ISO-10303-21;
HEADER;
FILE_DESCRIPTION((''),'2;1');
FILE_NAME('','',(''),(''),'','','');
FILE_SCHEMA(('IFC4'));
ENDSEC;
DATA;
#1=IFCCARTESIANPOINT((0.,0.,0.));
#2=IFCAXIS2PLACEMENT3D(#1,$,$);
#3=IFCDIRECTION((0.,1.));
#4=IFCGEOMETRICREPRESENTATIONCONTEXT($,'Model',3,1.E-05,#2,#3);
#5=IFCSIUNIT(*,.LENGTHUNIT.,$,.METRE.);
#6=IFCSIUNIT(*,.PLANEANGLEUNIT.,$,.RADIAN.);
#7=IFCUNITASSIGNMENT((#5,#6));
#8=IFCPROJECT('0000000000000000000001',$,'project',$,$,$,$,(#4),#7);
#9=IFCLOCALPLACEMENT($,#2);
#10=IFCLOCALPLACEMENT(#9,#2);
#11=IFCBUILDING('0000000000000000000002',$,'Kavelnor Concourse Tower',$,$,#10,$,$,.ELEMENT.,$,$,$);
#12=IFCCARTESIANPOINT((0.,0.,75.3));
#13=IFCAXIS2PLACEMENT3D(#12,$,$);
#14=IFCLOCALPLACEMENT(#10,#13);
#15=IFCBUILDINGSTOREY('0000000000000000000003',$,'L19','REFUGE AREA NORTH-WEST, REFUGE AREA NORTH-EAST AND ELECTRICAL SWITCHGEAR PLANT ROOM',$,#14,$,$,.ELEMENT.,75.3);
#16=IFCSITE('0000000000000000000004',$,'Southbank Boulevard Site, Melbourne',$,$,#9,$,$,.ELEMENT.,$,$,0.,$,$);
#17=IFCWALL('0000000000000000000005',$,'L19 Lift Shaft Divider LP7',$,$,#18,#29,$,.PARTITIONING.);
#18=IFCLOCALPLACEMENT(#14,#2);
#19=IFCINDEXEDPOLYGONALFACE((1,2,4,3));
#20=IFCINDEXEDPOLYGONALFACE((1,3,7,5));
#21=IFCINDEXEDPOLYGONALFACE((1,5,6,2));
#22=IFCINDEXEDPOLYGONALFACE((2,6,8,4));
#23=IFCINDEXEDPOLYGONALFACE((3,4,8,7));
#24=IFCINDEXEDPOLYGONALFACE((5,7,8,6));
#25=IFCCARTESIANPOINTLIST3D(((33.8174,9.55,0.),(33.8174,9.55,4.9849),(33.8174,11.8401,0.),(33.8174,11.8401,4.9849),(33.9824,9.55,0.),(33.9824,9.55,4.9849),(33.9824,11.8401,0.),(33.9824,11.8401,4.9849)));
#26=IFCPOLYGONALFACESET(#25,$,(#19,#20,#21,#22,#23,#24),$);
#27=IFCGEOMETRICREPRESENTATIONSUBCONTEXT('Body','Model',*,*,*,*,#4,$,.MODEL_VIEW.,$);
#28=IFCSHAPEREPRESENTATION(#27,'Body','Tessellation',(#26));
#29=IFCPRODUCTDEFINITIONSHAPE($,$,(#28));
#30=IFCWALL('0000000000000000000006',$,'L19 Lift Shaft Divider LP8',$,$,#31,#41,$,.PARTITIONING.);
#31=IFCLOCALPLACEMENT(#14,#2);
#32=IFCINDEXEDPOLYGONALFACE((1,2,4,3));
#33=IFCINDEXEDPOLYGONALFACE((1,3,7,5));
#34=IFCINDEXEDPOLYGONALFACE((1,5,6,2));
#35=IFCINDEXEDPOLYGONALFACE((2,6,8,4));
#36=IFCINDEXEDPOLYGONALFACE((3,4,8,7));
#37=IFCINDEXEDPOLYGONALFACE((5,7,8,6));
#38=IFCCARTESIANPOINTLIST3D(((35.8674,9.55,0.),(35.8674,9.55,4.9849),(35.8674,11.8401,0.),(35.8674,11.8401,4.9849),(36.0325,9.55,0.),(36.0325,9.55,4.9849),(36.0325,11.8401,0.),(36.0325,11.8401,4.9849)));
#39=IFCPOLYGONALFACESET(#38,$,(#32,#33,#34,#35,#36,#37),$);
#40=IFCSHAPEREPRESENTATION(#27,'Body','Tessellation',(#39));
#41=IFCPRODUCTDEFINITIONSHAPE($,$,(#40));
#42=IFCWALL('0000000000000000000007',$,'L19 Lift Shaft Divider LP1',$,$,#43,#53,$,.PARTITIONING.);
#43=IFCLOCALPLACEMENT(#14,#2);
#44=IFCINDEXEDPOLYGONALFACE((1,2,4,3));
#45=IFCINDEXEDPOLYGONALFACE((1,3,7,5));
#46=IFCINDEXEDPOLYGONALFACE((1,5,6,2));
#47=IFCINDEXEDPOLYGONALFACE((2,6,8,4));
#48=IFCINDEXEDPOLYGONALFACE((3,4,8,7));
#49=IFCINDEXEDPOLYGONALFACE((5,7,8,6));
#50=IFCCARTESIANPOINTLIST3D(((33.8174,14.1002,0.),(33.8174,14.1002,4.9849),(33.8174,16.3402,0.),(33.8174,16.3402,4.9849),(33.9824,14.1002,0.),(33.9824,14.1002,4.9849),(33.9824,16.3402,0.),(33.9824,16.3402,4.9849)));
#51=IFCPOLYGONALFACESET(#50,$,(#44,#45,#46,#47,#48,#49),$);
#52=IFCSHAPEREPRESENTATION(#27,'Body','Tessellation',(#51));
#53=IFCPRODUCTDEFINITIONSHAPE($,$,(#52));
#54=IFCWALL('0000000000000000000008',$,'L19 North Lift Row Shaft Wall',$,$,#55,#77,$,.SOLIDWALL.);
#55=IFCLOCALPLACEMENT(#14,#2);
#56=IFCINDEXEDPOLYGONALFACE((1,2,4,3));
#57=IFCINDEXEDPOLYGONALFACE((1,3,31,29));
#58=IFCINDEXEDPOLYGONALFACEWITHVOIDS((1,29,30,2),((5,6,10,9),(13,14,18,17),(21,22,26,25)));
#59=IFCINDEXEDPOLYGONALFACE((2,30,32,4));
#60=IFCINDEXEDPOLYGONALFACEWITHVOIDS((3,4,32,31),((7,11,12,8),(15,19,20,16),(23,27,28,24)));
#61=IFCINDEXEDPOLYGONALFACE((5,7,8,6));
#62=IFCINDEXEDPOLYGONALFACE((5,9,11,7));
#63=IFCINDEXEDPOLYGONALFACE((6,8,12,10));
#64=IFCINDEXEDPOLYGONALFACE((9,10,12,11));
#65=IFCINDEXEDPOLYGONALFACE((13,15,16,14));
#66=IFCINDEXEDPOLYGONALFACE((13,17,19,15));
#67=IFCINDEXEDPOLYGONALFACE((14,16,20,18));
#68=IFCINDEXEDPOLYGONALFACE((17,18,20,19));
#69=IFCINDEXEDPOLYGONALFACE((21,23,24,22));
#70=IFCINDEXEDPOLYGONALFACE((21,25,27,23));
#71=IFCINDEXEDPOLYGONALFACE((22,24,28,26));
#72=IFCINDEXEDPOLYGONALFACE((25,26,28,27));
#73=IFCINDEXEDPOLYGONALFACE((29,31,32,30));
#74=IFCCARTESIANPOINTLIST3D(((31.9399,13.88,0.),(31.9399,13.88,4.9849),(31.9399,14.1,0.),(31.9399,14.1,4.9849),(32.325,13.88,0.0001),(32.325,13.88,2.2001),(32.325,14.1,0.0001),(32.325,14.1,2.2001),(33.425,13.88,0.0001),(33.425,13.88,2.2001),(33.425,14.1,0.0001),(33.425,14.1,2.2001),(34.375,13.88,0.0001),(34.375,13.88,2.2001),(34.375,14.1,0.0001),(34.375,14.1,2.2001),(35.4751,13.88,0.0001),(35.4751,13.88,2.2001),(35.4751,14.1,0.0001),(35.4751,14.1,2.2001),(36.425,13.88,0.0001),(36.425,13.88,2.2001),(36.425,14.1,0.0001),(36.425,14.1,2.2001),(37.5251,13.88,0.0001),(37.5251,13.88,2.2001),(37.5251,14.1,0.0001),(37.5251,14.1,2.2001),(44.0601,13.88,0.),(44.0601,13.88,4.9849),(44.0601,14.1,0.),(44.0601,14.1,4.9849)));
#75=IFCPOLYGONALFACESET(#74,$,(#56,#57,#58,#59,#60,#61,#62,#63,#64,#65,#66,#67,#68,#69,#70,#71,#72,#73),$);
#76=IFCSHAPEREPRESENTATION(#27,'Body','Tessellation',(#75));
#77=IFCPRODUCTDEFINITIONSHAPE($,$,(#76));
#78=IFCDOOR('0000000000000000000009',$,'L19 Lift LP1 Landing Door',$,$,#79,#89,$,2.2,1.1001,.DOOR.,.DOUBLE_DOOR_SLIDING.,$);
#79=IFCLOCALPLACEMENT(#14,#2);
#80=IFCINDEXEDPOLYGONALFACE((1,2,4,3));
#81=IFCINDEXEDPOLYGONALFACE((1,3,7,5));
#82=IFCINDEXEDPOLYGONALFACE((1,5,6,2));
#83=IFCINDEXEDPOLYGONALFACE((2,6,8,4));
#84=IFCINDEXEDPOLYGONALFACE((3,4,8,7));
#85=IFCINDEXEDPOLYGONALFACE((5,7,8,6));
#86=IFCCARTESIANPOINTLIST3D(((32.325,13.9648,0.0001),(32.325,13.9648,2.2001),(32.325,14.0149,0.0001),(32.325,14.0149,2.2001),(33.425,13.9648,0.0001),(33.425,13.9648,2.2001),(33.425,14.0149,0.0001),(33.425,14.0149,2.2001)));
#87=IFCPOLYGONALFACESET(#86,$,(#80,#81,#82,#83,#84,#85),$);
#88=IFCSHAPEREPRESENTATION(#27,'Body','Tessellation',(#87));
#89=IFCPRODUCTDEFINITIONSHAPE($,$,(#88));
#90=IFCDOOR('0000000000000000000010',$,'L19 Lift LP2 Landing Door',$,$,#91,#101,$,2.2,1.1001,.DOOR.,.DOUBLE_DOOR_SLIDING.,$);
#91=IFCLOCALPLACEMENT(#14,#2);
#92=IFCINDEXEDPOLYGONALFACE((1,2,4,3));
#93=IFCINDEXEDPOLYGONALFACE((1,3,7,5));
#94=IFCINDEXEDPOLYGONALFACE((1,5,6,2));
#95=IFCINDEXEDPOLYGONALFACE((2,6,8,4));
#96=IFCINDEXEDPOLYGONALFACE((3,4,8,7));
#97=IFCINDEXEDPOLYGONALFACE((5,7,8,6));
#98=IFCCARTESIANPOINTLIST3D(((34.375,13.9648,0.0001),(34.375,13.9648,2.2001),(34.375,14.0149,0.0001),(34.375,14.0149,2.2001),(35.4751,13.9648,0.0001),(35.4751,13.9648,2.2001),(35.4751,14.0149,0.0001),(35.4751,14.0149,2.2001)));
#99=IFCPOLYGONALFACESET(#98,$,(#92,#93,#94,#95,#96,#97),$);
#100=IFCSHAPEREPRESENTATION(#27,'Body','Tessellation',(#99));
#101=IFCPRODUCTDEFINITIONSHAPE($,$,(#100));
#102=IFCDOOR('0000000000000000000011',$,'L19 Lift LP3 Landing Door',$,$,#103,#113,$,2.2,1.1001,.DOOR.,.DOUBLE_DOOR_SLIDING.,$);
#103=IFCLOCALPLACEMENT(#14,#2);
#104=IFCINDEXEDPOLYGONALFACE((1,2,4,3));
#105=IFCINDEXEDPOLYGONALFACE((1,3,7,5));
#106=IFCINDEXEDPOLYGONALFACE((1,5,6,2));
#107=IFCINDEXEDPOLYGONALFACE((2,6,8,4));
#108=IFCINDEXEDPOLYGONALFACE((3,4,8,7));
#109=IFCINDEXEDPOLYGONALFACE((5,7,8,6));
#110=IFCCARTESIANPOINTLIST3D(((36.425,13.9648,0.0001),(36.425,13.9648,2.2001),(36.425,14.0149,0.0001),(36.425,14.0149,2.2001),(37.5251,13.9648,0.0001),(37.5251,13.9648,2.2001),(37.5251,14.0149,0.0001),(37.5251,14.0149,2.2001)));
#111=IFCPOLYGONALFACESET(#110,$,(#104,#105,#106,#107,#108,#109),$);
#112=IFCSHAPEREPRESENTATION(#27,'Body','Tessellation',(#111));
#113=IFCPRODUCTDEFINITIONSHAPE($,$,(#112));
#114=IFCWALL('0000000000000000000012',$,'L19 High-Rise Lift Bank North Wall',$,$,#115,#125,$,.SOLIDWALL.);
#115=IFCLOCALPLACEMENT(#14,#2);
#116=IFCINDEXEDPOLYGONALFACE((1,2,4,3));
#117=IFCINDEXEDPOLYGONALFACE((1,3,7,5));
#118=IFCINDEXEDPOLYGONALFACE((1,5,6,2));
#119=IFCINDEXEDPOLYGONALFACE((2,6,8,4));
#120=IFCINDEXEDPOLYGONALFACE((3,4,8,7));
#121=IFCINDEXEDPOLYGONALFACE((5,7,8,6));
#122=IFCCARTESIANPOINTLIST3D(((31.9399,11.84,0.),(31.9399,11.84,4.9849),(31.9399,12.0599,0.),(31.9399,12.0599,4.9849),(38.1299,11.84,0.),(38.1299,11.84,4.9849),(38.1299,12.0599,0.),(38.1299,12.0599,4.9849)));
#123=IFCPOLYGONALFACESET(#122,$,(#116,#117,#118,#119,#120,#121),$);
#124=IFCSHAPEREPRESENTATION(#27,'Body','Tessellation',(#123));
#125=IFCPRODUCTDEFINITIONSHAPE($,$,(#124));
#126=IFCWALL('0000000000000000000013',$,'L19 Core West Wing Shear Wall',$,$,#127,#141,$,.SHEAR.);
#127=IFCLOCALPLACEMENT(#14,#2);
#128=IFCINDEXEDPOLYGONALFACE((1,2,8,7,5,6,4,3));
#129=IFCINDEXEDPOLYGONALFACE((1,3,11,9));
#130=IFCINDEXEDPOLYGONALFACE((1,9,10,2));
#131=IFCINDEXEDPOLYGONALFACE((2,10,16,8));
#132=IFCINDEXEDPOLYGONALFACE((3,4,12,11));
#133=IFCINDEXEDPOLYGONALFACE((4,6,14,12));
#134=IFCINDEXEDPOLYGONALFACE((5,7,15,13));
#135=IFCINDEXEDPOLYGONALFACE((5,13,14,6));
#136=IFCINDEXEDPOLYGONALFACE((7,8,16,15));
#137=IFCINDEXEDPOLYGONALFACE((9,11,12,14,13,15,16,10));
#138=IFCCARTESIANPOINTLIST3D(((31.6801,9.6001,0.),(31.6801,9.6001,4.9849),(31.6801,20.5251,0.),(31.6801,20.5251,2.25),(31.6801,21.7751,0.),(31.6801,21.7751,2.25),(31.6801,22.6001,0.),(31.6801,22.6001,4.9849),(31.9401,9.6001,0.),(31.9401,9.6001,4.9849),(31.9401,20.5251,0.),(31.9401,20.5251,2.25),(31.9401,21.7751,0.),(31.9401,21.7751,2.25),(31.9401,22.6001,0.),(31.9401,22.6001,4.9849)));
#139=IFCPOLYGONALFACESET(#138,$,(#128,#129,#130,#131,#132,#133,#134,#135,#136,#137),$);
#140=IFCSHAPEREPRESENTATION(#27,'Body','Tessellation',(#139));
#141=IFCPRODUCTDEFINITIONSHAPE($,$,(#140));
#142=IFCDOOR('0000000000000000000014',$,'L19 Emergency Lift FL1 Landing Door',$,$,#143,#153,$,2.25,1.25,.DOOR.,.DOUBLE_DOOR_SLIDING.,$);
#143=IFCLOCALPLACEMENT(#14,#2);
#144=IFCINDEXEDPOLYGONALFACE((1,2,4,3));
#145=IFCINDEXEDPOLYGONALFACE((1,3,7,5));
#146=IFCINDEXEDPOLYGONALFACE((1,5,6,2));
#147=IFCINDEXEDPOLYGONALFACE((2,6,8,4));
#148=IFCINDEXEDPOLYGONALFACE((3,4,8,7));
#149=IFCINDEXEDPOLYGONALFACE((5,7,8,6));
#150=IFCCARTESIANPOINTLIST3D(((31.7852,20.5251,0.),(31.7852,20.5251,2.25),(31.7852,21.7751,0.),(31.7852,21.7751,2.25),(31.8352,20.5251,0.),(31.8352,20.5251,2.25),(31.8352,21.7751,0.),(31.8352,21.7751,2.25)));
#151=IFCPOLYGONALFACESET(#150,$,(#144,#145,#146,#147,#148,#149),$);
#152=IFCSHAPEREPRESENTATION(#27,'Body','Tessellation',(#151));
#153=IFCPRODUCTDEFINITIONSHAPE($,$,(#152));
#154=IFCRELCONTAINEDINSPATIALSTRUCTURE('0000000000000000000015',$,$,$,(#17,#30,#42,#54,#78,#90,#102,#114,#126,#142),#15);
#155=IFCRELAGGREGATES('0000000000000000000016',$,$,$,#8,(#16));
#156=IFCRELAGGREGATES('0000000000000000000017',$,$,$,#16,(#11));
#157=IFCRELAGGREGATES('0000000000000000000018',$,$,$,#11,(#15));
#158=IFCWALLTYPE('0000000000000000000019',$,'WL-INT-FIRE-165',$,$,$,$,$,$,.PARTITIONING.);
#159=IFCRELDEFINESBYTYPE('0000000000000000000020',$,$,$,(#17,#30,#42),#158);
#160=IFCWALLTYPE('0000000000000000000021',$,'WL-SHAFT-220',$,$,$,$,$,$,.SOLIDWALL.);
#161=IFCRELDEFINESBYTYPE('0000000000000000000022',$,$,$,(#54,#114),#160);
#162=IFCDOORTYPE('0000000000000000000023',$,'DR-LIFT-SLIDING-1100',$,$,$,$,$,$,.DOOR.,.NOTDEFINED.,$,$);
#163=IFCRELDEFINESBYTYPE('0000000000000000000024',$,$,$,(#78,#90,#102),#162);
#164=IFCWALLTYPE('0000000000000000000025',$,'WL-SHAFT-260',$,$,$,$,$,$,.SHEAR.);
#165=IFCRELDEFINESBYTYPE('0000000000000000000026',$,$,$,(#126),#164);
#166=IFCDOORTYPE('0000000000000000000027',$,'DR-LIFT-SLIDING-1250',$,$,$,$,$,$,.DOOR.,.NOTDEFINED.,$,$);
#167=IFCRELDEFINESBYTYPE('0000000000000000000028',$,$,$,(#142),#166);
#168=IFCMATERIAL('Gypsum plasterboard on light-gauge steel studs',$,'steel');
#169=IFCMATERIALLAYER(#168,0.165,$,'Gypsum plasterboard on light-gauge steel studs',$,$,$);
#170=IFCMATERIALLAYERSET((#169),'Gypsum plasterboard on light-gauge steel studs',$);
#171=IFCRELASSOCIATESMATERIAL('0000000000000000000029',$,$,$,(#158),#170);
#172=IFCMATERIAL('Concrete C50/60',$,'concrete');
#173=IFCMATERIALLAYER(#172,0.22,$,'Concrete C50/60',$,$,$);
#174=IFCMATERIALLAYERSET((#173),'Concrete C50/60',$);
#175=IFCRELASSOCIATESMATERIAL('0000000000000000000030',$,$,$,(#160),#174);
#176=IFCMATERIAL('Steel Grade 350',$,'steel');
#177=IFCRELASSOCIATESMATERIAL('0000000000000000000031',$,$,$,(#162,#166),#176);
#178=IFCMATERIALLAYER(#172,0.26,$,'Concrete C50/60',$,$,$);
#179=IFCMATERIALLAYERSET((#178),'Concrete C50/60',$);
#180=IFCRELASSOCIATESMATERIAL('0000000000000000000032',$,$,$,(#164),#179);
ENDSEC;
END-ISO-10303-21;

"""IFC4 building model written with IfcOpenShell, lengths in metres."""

from ifc_helpers import new_model, si_unit, direction, frame, frame_2d, origin, place, context, subcontext, project, spatial, rectangle, extrude, material, layer, layer_set, type_object, element, fill, save


model = new_model("IFC4")

# Units and contexts
model_context = context("Model", 3, precision=1e-05, world=origin(), true_north=direction((0.0, 1.0)))
body_context = subcontext(model_context, "Body", "Model", "MODEL_VIEW")
ifc_project = project(units=[si_unit("LENGTHUNIT", "METRE"), si_unit("PLANEANGLEUNIT", "RADIAN")], contexts=[model_context])

# Site, building, storey
site_placement = place(None, origin())
site = spatial("IfcSite", under=ifc_project, at=site_placement, Name="Southbank Boulevard Site, Melbourne", CompositionType="ELEMENT", RefElevation=0.0)
building_placement = place(site_placement, origin())
building = spatial("IfcBuilding", under=site, at=building_placement, Name="Kavelnor Concourse Tower", CompositionType="ELEMENT")
storey_placement = place(building_placement, frame((0.0, 0.0, 75.3)))
storey = spatial("IfcBuildingStorey", under=building, at=storey_placement, Name="L19", Description="REFUGE AREA NORTH-WEST, REFUGE AREA NORTH-EAST AND ELECTRICAL SWITCHGEAR PLANT ROOM", CompositionType="ELEMENT", Elevation=75.3)

# Shared definitions
ifc_material_1 = material(Name="Steel Grade 350", Category="steel")

# Walls
ifc_material_2 = material(Name="Gypsum plasterboard on light-gauge steel studs", Category="steel")
ifc_layer_1 = layer(ifc_material_2, 0.165, Name="Gypsum plasterboard on light-gauge steel studs")
ifc_layer_set_1 = layer_set([ifc_layer_1], Name="Gypsum plasterboard on light-gauge steel studs")
wall_type_1 = type_object("IfcWallType", Name="WL-INT-FIRE-165", PredefinedType="PARTITIONING", material=ifc_layer_set_1)
for number, where, z_axis, x_axis, name in (
    (1, (33.8999, 9.55, 0.0), (0.0, 0.0, 1.0), (0.0, 1.0, 0.0), "L19 Lift Shaft Divider LP7"),
    (2, (35.95, 9.55, 0.0), (0.0, 0.0, 1.0), (0.0, 1.0, 0.0), "L19 Lift Shaft Divider LP8"),
):
    element("IfcWall", number, at=place(storey_placement, frame(where, z_axis=z_axis, x_axis=x_axis)), inside=storey, type_object=wall_type_1, Name=name, PredefinedType="PARTITIONING", context=body_context, shape_type="SweptSolid", body=[
        extrude(rectangle(XDim=2.29, YDim=0.165, at=frame_2d((1.145, 0.0))), origin(), (0.0, 0.0, 1.0), 4.9849),
    ])
wall_1_placement = place(storey_placement, frame((33.8999, 14.1001, 0.0), z_axis=(0.0, 0.0, 1.0), x_axis=(0.0, 1.0, 0.0)))
element("IfcWall", 3, at=wall_1_placement, inside=storey, type_object=wall_type_1, Name="L19 Lift Shaft Divider LP1", PredefinedType="PARTITIONING", context=body_context, shape_type="SweptSolid", body=[
    extrude(rectangle(XDim=2.24, YDim=0.165, at=frame_2d((1.1201, 0.0))), origin(), (0.0, 0.0, 1.0), 4.9849),
])

# Wall, openings, doors
ifc_material_3 = material(Name="Concrete C50/60", Category="concrete")
ifc_layer_2 = layer(ifc_material_3, 0.22, Name="Concrete C50/60")
ifc_layer_set_2 = layer_set([ifc_layer_2], Name="Concrete C50/60")
wall_type_2 = type_object("IfcWallType", Name="WL-SHAFT-220", PredefinedType="SOLIDWALL", material=ifc_layer_set_2)
wall_2_placement = place(storey_placement, frame((31.9399, 13.99, 0.0), z_axis=(0.0, 0.0, 1.0), x_axis=(1.0, 0.0, 0.0)))
wall_2 = element("IfcWall", 4, at=wall_2_placement, inside=storey, type_object=wall_type_2, Name="L19 North Lift Row Shaft Wall", PredefinedType="SOLIDWALL", context=body_context, shape_type="SweptSolid", body=[
    extrude(rectangle(XDim=12.1201, YDim=0.22, at=frame_2d((6.0601, 0.0))), origin(), (0.0, 0.0, 1.0), 4.9849),
])
opening_1_placement = place(wall_2_placement, frame((0.385, 0.0, 0.0)))
opening_1 = element("IfcOpeningElement", 5, at=opening_1_placement, cuts=wall_2, PredefinedType="OPENING", context=body_context, shape_type="SweptSolid", body=[
    extrude(rectangle(XDim=1.1001, YDim=2.2, at=frame_2d((0.55, 1.1001))), frame((0.0, 0.1201, 0.0), z_axis=(0.0, -1.0, 0.0), x_axis=(1.0, 0.0, 0.0)), (0.0, 0.0, 1.0), 0.24),
])
opening_2_placement = place(wall_2_placement, frame((2.4351, 0.0, 0.0)))
opening_2 = element("IfcOpeningElement", 6, at=opening_2_placement, cuts=wall_2, PredefinedType="OPENING", context=body_context, shape_type="SweptSolid", body=[
    extrude(rectangle(XDim=1.1001, YDim=2.2, at=frame_2d((0.55, 1.1001))), frame((0.0, 0.1201, 0.0), z_axis=(0.0, -1.0, 0.0), x_axis=(1.0, 0.0, 0.0)), (0.0, 0.0, 1.0), 0.24),
])
opening_3_placement = place(wall_2_placement, frame((4.4851, 0.0, 0.0)))
opening_3 = element("IfcOpeningElement", 7, at=opening_3_placement, cuts=wall_2, PredefinedType="OPENING", context=body_context, shape_type="SweptSolid", body=[
    extrude(rectangle(XDim=1.1001, YDim=2.2, at=frame_2d((0.55, 1.1001))), frame((0.0, 0.1201, 0.0), z_axis=(0.0, -1.0, 0.0), x_axis=(1.0, 0.0, 0.0)), (0.0, 0.0, 1.0), 0.24),
])
door_type_1 = type_object("IfcDoorType", Name="DR-LIFT-SLIDING-1100", OperationType="NOTDEFINED", PredefinedType="DOOR", material=ifc_material_1)
door_1_placement = place(opening_1_placement, origin())
door_1 = element("IfcDoor", 8, at=door_1_placement, inside=storey, type_object=door_type_1, Name="L19 Lift LP1 Landing Door", OperationType="DOUBLE_DOOR_SLIDING", OverallHeight=2.2, OverallWidth=1.1001, PredefinedType="DOOR", context=body_context, shape_type="SweptSolid", body=[
    extrude(rectangle(XDim=1.1001, YDim=2.2, at=frame_2d((0.55, 1.1001))), frame((0.0, 0.0249, 0.0), z_axis=(0.0, -1.0, 0.0), x_axis=(1.0, 0.0, 0.0)), (0.0, 0.0, 1.0), 0.05),
])
fill(opening_1, door_1)
door_2_placement = place(opening_2_placement, origin())
door_2 = element("IfcDoor", 9, at=door_2_placement, inside=storey, type_object=door_type_1, Name="L19 Lift LP2 Landing Door", OperationType="DOUBLE_DOOR_SLIDING", OverallHeight=2.2, OverallWidth=1.1001, PredefinedType="DOOR", context=body_context, shape_type="SweptSolid", body=[
    extrude(rectangle(XDim=1.1001, YDim=2.2, at=frame_2d((0.55, 1.1001))), frame((0.0, 0.0249, 0.0), z_axis=(0.0, -1.0, 0.0), x_axis=(1.0, 0.0, 0.0)), (0.0, 0.0, 1.0), 0.05),
])
fill(opening_2, door_2)
door_3_placement = place(opening_3_placement, origin())
door_3 = element("IfcDoor", 10, at=door_3_placement, inside=storey, type_object=door_type_1, Name="L19 Lift LP3 Landing Door", OperationType="DOUBLE_DOOR_SLIDING", OverallHeight=2.2, OverallWidth=1.1001, PredefinedType="DOOR", context=body_context, shape_type="SweptSolid", body=[
    extrude(rectangle(XDim=1.1001, YDim=2.2, at=frame_2d((0.55, 1.1001))), frame((0.0, 0.0249, 0.0), z_axis=(0.0, -1.0, 0.0), x_axis=(1.0, 0.0, 0.0)), (0.0, 0.0, 1.0), 0.05),
])
fill(opening_3, door_3)

# Wall
wall_3_placement = place(storey_placement, frame((31.9399, 11.95, 0.0), z_axis=(0.0, 0.0, 1.0), x_axis=(1.0, 0.0, 0.0)))
element("IfcWall", 11, at=wall_3_placement, inside=storey, type_object=wall_type_2, Name="L19 High-Rise Lift Bank North Wall", PredefinedType="SOLIDWALL", context=body_context, shape_type="SweptSolid", body=[
    extrude(rectangle(XDim=6.1899, YDim=0.22, at=frame_2d((3.095, 0.0))), origin(), (0.0, 0.0, 1.0), 4.9849),
])

# Wall, opening, door
ifc_layer_3 = layer(ifc_material_3, 0.26, Name="Concrete C50/60")
ifc_layer_set_3 = layer_set([ifc_layer_3], Name="Concrete C50/60")
wall_type_3 = type_object("IfcWallType", Name="WL-SHAFT-260", PredefinedType="SHEAR", material=ifc_layer_set_3)
wall_4_placement = place(storey_placement, frame((31.8101, 9.6001, 0.0), z_axis=(0.0, 0.0, 1.0), x_axis=(0.0, 1.0, 0.0)))
wall_4 = element("IfcWall", 12, at=wall_4_placement, inside=storey, type_object=wall_type_3, Name="L19 Core West Wing Shear Wall", PredefinedType="SHEAR", context=body_context, shape_type="SweptSolid", body=[
    extrude(rectangle(XDim=13.0, YDim=0.26, at=frame_2d((6.5, 0.0))), origin(), (0.0, 0.0, 1.0), 4.9849),
])
opening_4_placement = place(wall_4_placement, frame((10.925, 0.0, 0.0)))
opening_4 = element("IfcOpeningElement", 13, at=opening_4_placement, cuts=wall_4, PredefinedType="OPENING", context=body_context, shape_type="SweptSolid", body=[
    extrude(rectangle(XDim=1.25, YDim=2.25, at=frame_2d((0.625, 1.125))), frame((0.0, 0.1401, 0.0), z_axis=(0.0, -1.0, 0.0), x_axis=(1.0, 0.0, 0.0)), (0.0, 0.0, 1.0), 0.28),
])
door_type_2 = type_object("IfcDoorType", Name="DR-LIFT-SLIDING-1250", OperationType="NOTDEFINED", PredefinedType="DOOR", material=ifc_material_1)
door_4_placement = place(opening_4_placement, origin())
door_4 = element("IfcDoor", 14, at=door_4_placement, inside=storey, type_object=door_type_2, Name="L19 Emergency Lift FL1 Landing Door", OperationType="DOUBLE_DOOR_SLIDING", OverallHeight=2.25, OverallWidth=1.25, PredefinedType="DOOR", context=body_context, shape_type="SweptSolid", body=[
    extrude(rectangle(XDim=1.25, YDim=2.25, at=frame_2d((0.625, 1.125))), frame((0.0, 0.0249, 0.0), z_axis=(0.0, -1.0, 0.0), x_axis=(1.0, 0.0, 0.0)), (0.0, 0.0, 1.0), 0.05),
])
fill(opening_4, door_4)

save(model, "model.ifc")
